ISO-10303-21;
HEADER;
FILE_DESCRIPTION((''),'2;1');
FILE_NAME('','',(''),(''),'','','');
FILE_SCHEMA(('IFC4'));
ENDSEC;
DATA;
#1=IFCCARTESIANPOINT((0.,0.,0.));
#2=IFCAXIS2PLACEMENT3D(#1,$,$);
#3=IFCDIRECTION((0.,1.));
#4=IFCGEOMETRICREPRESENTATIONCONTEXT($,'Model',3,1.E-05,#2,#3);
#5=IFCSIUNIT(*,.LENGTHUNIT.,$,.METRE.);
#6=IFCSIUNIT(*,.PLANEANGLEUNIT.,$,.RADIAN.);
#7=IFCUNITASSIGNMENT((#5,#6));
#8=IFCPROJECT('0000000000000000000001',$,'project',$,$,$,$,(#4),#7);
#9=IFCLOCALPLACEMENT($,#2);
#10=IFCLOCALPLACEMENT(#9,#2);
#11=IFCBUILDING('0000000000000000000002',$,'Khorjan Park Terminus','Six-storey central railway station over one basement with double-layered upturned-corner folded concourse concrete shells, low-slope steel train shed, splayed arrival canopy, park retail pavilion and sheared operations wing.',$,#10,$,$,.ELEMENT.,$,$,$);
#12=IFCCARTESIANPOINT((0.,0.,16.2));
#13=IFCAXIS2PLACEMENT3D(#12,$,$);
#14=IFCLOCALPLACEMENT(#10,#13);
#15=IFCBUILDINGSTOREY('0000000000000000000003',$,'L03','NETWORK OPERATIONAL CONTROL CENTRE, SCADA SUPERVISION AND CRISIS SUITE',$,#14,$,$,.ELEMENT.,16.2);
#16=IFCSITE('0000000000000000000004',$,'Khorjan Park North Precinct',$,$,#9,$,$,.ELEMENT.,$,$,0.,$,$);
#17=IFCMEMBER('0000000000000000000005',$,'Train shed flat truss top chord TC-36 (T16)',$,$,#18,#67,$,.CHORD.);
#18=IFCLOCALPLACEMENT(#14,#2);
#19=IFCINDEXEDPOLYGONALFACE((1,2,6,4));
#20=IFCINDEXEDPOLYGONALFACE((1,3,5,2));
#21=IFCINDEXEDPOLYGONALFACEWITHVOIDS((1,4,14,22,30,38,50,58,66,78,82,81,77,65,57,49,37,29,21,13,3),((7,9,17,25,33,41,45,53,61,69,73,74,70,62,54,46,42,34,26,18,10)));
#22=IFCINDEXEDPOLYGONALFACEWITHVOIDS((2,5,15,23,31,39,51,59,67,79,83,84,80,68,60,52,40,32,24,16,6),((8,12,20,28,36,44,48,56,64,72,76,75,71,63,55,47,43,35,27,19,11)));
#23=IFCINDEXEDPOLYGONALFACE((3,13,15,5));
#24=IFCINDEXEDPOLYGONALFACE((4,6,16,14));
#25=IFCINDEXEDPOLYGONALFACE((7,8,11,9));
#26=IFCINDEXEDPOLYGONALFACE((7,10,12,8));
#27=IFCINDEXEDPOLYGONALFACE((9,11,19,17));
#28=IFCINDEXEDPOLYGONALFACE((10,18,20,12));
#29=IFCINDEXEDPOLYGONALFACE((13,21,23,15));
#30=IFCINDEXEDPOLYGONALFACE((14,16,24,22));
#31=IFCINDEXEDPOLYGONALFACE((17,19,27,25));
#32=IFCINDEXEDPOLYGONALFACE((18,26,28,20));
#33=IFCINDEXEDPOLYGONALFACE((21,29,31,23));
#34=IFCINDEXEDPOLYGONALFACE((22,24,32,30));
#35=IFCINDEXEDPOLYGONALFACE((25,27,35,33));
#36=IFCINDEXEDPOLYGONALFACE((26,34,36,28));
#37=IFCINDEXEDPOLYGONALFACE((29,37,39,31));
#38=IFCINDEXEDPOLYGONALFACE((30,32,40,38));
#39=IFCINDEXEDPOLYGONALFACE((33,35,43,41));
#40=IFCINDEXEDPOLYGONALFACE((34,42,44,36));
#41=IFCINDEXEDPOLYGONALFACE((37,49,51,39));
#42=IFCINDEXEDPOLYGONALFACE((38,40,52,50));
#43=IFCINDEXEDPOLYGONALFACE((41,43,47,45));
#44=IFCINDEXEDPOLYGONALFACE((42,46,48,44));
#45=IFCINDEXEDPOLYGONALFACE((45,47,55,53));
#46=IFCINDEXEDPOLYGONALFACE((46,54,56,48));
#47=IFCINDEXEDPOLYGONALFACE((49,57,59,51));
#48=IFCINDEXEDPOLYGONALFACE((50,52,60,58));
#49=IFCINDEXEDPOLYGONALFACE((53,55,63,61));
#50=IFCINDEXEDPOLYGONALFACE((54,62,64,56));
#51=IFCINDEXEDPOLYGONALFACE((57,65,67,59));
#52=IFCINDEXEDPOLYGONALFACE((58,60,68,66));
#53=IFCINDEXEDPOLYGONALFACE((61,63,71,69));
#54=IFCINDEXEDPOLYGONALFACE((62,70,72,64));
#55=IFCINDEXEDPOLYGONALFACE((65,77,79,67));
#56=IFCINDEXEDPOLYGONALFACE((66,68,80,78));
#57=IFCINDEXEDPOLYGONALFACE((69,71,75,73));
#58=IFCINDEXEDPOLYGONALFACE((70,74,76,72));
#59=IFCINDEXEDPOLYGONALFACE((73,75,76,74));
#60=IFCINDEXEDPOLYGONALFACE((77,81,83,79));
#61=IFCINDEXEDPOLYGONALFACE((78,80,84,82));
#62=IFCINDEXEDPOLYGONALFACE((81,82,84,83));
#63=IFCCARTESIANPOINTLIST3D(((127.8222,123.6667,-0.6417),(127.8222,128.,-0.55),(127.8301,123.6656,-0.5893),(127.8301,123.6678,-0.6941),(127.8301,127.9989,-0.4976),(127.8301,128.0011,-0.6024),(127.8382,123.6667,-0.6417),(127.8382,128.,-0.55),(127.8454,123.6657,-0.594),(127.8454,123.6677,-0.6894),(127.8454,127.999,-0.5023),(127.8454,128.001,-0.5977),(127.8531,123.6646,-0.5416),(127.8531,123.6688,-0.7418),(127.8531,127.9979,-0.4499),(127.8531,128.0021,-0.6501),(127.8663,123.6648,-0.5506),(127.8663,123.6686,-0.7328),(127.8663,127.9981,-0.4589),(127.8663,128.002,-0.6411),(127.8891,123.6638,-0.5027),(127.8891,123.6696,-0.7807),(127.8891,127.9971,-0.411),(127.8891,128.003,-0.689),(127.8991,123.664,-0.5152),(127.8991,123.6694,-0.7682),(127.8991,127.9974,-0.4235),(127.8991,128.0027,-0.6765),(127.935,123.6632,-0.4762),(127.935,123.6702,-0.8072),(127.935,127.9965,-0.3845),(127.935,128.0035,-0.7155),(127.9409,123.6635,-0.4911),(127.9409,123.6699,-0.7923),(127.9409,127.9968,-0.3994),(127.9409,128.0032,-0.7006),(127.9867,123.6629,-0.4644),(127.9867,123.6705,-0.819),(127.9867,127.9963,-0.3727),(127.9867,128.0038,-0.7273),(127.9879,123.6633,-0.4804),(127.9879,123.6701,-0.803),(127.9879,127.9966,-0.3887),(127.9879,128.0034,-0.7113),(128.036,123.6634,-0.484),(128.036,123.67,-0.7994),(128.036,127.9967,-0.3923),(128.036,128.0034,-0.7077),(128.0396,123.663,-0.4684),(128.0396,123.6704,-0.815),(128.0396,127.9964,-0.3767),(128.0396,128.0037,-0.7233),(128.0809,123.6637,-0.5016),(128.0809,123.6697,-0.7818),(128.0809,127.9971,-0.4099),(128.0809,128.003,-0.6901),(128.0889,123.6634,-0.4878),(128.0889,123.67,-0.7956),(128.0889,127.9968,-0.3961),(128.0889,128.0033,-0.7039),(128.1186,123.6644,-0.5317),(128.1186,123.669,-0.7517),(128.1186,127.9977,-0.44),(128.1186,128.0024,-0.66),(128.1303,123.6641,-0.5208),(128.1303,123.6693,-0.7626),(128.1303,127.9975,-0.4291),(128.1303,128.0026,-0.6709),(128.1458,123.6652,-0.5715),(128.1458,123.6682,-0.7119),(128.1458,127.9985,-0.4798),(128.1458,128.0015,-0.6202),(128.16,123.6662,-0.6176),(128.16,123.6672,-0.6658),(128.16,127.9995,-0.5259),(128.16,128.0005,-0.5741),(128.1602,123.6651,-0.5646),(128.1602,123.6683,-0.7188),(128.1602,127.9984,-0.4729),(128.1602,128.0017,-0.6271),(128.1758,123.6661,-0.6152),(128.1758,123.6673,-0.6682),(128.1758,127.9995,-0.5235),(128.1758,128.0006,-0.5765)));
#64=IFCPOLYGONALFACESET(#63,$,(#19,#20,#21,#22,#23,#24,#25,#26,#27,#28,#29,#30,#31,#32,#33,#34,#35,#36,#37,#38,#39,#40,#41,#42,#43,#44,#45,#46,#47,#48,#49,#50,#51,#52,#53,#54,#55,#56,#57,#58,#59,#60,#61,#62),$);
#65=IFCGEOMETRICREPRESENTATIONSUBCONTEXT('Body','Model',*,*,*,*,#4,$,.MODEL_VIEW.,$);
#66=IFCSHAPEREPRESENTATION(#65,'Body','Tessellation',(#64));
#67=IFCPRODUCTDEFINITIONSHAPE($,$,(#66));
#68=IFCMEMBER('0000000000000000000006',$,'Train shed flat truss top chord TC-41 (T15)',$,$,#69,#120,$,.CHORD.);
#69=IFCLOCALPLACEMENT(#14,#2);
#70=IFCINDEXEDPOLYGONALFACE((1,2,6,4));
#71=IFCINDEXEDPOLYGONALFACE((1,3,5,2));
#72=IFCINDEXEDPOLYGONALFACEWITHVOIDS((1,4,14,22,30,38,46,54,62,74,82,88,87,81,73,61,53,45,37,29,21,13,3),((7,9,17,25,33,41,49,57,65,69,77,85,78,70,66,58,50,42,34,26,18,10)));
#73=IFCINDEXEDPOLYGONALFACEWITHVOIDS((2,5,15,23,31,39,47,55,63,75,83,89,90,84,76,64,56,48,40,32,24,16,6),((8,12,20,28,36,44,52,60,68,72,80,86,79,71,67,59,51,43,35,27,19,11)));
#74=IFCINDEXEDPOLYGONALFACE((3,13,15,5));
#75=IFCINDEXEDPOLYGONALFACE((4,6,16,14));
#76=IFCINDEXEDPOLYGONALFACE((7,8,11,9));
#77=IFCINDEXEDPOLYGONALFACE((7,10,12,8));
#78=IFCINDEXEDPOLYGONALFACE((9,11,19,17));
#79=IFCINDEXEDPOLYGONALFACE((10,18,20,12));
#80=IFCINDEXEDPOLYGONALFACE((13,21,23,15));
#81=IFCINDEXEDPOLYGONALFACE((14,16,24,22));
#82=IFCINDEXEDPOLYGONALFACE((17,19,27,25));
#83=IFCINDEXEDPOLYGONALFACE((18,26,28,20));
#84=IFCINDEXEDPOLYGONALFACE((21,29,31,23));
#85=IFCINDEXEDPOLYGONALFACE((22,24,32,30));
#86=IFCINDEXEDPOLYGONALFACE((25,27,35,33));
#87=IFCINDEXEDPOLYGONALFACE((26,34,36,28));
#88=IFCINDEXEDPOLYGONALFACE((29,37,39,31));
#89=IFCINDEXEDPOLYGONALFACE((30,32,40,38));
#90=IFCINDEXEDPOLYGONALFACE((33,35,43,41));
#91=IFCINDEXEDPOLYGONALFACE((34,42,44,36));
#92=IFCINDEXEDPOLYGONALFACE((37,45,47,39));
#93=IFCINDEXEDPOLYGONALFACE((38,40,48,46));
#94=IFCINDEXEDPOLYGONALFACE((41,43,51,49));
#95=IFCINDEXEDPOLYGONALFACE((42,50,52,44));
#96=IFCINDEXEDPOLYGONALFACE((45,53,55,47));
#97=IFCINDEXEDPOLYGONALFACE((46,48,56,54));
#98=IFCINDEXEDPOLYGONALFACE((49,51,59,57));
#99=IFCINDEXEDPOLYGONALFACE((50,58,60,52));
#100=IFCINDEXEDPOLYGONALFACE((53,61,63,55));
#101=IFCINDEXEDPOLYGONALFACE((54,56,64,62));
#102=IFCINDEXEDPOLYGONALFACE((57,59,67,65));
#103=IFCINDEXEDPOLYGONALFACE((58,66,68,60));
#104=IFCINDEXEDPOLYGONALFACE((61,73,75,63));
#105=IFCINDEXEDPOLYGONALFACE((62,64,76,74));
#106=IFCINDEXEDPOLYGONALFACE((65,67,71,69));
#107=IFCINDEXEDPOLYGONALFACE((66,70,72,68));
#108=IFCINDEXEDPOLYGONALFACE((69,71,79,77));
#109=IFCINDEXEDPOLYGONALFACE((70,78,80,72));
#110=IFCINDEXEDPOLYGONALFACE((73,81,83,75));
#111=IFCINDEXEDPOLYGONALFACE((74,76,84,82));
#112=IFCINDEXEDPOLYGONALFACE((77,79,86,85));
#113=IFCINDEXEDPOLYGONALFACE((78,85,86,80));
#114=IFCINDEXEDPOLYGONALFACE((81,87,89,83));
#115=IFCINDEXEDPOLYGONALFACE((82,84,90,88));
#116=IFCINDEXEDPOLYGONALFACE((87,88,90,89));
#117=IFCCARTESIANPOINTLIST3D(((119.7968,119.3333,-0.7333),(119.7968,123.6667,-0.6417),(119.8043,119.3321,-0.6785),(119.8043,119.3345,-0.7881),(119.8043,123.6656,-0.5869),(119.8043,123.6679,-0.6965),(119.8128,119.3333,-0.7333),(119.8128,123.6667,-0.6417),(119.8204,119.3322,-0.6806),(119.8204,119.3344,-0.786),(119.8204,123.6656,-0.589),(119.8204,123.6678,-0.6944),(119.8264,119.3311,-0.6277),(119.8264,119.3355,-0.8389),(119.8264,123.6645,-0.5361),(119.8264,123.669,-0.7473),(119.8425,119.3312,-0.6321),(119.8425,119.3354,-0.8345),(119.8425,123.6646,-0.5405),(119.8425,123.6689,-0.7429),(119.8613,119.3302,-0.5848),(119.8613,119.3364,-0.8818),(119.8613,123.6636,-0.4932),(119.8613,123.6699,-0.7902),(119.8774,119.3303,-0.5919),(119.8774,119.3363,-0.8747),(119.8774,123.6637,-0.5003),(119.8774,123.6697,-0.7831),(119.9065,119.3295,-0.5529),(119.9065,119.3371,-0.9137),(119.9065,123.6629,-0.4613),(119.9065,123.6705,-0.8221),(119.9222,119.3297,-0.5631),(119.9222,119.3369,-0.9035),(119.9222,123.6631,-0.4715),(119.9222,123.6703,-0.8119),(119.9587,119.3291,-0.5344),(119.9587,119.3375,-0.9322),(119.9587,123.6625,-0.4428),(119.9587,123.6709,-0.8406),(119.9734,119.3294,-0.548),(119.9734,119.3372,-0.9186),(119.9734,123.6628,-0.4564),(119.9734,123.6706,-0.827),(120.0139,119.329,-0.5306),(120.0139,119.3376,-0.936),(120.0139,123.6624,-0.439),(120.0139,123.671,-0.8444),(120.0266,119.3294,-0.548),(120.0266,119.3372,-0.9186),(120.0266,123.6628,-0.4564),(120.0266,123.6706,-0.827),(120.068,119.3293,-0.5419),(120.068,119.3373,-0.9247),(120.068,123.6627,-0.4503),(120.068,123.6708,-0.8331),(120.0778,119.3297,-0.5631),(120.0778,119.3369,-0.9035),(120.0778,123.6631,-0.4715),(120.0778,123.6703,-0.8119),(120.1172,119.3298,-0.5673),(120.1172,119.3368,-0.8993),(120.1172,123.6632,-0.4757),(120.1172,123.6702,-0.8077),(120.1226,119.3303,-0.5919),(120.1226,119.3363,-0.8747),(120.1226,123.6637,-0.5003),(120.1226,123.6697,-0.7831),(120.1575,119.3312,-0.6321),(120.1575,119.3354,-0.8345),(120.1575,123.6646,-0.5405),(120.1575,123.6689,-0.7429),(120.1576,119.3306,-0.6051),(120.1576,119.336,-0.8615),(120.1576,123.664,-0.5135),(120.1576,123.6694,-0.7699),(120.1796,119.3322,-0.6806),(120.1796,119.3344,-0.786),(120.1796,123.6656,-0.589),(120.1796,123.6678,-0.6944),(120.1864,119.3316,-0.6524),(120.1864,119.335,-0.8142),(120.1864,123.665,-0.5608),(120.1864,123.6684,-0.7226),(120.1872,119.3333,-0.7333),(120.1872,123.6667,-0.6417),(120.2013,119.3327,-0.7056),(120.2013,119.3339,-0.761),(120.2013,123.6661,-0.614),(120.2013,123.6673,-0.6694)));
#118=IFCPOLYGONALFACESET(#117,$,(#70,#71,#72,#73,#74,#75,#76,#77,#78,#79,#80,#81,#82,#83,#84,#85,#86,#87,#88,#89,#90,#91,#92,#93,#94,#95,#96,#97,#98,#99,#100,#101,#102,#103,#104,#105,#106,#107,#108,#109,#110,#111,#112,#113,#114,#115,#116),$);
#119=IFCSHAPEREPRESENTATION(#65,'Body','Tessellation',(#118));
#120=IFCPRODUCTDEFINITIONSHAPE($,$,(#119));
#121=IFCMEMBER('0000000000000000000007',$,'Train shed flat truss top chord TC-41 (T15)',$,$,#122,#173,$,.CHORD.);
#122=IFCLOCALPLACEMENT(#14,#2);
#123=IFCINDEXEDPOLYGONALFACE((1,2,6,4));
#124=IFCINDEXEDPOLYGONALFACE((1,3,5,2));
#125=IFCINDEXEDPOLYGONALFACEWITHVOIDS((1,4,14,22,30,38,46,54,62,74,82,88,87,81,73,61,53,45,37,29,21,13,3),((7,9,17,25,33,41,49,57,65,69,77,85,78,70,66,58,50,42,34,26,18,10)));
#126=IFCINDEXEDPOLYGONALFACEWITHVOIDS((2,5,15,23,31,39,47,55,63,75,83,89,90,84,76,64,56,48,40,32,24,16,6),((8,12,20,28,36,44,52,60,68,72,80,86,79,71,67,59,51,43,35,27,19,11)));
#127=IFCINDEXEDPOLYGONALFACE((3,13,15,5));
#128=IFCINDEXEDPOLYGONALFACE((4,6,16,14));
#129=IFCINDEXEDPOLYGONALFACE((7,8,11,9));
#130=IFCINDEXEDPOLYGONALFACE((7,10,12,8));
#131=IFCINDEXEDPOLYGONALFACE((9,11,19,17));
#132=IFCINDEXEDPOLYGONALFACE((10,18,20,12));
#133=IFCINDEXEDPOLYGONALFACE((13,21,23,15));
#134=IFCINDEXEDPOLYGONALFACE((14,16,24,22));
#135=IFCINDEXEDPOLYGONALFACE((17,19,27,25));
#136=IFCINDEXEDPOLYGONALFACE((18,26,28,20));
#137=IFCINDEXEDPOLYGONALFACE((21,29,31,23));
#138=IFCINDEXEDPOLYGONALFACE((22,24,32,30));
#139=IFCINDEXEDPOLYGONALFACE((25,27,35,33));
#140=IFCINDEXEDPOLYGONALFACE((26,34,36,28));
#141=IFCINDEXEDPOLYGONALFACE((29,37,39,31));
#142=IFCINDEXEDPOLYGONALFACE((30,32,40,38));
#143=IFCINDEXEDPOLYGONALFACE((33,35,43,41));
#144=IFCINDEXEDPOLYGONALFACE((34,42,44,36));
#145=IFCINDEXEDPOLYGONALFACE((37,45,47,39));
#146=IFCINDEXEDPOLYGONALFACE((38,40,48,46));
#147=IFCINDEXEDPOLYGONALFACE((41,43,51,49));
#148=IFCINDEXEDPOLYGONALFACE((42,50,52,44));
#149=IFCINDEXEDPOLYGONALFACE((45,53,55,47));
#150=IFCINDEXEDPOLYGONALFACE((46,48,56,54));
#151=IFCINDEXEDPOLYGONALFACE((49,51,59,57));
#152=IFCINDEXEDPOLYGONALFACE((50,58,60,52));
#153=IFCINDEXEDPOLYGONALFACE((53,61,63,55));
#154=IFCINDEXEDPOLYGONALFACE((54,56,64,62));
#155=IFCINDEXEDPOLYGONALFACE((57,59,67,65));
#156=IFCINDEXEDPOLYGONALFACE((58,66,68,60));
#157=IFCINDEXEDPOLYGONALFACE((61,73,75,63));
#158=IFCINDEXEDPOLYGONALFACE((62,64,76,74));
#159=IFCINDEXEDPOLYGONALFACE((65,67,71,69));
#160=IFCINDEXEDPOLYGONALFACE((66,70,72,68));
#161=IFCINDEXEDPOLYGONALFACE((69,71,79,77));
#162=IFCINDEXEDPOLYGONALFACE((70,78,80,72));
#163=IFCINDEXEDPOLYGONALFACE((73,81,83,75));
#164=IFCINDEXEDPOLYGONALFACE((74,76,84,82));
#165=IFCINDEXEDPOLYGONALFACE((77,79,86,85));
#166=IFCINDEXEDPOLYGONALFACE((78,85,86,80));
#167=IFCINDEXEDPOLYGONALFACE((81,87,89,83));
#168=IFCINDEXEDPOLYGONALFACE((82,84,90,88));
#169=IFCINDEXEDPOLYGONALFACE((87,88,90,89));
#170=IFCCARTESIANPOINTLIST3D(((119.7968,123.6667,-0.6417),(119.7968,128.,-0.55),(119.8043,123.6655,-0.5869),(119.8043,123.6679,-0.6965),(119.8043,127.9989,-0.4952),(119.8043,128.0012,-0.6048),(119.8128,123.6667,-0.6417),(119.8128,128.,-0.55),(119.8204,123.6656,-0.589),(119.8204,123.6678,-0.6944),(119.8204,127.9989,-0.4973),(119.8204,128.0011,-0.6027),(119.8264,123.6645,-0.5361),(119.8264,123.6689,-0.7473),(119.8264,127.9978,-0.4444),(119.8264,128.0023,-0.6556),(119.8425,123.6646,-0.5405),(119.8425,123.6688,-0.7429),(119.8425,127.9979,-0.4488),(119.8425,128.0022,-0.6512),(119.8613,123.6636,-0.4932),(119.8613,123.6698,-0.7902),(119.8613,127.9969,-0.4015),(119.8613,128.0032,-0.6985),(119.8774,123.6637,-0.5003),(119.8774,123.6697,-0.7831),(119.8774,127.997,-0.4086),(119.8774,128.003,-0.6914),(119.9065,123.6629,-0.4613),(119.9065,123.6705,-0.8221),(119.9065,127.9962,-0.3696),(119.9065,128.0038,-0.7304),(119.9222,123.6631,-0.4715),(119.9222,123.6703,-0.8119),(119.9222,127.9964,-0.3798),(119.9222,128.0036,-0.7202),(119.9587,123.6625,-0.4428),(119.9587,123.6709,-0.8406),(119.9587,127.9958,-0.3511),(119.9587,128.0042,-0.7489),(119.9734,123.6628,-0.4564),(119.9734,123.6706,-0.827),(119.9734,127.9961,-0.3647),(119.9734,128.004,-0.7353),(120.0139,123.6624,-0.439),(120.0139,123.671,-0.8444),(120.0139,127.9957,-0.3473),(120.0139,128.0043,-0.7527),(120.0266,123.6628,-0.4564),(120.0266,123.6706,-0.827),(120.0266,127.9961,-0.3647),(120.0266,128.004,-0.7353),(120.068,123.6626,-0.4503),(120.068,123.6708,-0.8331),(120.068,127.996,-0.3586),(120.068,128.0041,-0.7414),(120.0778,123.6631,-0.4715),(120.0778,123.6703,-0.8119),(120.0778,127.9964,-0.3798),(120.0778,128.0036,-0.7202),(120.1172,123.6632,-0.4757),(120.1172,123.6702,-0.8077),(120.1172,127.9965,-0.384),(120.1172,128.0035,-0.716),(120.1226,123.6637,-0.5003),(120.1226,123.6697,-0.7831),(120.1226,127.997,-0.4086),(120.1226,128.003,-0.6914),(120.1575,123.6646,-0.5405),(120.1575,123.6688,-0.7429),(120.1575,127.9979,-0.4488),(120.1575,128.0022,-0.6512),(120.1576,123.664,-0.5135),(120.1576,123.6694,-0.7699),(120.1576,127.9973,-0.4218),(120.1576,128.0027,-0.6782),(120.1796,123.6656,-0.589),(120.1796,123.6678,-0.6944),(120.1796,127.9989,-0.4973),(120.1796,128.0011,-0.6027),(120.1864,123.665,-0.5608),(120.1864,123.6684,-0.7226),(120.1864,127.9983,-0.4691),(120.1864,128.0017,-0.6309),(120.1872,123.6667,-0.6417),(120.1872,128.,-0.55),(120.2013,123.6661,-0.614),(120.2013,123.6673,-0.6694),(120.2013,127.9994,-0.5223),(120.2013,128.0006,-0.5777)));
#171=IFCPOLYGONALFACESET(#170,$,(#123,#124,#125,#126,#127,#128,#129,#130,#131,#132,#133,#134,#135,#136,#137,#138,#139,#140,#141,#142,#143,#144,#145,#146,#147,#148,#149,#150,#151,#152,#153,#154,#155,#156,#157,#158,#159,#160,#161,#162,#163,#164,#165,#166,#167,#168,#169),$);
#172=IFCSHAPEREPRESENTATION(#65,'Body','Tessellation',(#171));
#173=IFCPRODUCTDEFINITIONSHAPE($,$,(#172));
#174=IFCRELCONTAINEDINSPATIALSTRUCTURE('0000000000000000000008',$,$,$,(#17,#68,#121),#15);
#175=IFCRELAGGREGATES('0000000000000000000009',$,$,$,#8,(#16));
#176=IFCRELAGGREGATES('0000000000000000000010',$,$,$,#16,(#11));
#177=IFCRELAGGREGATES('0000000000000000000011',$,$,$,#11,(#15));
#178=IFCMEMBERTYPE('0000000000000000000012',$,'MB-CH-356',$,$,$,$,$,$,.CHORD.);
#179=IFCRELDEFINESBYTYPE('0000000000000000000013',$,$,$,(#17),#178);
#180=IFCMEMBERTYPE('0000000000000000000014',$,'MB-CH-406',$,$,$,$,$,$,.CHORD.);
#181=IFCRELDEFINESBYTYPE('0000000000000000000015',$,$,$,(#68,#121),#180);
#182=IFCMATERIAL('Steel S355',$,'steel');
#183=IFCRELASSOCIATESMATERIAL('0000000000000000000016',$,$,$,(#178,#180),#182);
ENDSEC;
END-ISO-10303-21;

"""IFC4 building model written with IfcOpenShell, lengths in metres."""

from ifc_helpers import new_model, si_unit, direction, frame, origin, origin_2d, place, context, subcontext, project, spatial, hollow_circle, extrude, material, material_profile, profile_set, type_object, element, save


model = new_model("IFC4")

# Units and contexts
model_context = context("Model", 3, precision=1e-05, world=origin(), true_north=direction((0.0, 1.0)))
body_context = subcontext(model_context, "Body", "Model", "MODEL_VIEW")
ifc_project = project(units=[si_unit("LENGTHUNIT", "METRE"), si_unit("PLANEANGLEUNIT", "RADIAN")], contexts=[model_context])

# Site, building, storey
site_placement = place(None, origin())
site = spatial("IfcSite", under=ifc_project, at=site_placement, Name="Khorjan Park North Precinct", CompositionType="ELEMENT", RefElevation=0.0)
building_placement = place(site_placement, origin())
building = spatial("IfcBuilding", under=site, at=building_placement, Name="Khorjan Park Terminus", Description="Six-storey central railway station over one basement with double-layered upturned-corner folded concourse concrete shells, low-slope steel train shed, splayed arrival canopy, park retail pavilion and sheared operations wing.", CompositionType="ELEMENT")
storey_placement = place(building_placement, frame((0.0, 0.0, 16.2)))
storey = spatial("IfcBuildingStorey", under=building, at=storey_placement, Name="L03", Description="NETWORK OPERATIONAL CONTROL CENTRE, SCADA SUPERVISION AND CRISIS SUITE", CompositionType="ELEMENT", Elevation=16.2)

# Members
ifc_material = material(Name="Steel S355", Category="steel")
ifc_material_profile_1 = material_profile(ifc_material, hollow_circle(Radius=0.1778, WallThickness=0.016, at=origin_2d()), Name="CHS 355.6x16")
ifc_profile_set_1 = profile_set([ifc_material_profile_1], Name="Steel S355")
member_type_1 = type_object("IfcMemberType", Name="MB-CH-356", PredefinedType="CHORD", material=ifc_profile_set_1)
member_1_placement = place(storey_placement, frame((128.0, 123.6667, -0.6417), z_axis=(0.0, 0.999776, 0.021157), x_axis=(-1.0, 0.0, 0.0)))
element("IfcMember", 1, at=member_1_placement, inside=storey, type_object=member_type_1, Name="Train shed flat truss top chord TC-36 (T16)", PredefinedType="CHORD", context=body_context, shape_type="SweptSolid", body=[
    extrude(hollow_circle(Radius=0.1778, WallThickness=0.016, at=origin_2d()), origin(), (0.0, 0.0, 1.0), 4.3343),
])
ifc_material_profile_2 = material_profile(ifc_material, hollow_circle(Radius=0.2032, WallThickness=0.016, at=origin_2d()), Name="CHS 406.4x16")
ifc_profile_set_2 = profile_set([ifc_material_profile_2], Name="Steel S355")
member_type_2 = type_object("IfcMemberType", Name="MB-CH-406", PredefinedType="CHORD", material=ifc_profile_set_2)
member_2_placement = place(storey_placement, frame((120.0, 119.3333, -0.7333), z_axis=(0.0, 0.999777, 0.021133), x_axis=(-1.0, 0.0, 0.0)))
element("IfcMember", 2, at=member_2_placement, inside=storey, type_object=member_type_2, Name="Train shed flat truss top chord TC-41 (T15)", PredefinedType="CHORD", context=body_context, shape_type="SweptSolid", body=[
    extrude(hollow_circle(Radius=0.2032, WallThickness=0.016, at=origin_2d()), origin(), (0.0, 0.0, 1.0), 4.3344),
])
member_3_placement = place(storey_placement, frame((120.0, 123.6667, -0.6417), z_axis=(0.0, 0.999776, 0.021157), x_axis=(-1.0, 0.0, 0.0)))
element("IfcMember", 3, at=member_3_placement, inside=storey, type_object=member_type_2, Name="Train shed flat truss top chord TC-41 (T15)", PredefinedType="CHORD", context=body_context, shape_type="SweptSolid", body=[
    extrude(hollow_circle(Radius=0.2032, WallThickness=0.016, at=origin_2d()), origin(), (0.0, 0.0, 1.0), 4.3343),
])

save(model, "model.ifc")
